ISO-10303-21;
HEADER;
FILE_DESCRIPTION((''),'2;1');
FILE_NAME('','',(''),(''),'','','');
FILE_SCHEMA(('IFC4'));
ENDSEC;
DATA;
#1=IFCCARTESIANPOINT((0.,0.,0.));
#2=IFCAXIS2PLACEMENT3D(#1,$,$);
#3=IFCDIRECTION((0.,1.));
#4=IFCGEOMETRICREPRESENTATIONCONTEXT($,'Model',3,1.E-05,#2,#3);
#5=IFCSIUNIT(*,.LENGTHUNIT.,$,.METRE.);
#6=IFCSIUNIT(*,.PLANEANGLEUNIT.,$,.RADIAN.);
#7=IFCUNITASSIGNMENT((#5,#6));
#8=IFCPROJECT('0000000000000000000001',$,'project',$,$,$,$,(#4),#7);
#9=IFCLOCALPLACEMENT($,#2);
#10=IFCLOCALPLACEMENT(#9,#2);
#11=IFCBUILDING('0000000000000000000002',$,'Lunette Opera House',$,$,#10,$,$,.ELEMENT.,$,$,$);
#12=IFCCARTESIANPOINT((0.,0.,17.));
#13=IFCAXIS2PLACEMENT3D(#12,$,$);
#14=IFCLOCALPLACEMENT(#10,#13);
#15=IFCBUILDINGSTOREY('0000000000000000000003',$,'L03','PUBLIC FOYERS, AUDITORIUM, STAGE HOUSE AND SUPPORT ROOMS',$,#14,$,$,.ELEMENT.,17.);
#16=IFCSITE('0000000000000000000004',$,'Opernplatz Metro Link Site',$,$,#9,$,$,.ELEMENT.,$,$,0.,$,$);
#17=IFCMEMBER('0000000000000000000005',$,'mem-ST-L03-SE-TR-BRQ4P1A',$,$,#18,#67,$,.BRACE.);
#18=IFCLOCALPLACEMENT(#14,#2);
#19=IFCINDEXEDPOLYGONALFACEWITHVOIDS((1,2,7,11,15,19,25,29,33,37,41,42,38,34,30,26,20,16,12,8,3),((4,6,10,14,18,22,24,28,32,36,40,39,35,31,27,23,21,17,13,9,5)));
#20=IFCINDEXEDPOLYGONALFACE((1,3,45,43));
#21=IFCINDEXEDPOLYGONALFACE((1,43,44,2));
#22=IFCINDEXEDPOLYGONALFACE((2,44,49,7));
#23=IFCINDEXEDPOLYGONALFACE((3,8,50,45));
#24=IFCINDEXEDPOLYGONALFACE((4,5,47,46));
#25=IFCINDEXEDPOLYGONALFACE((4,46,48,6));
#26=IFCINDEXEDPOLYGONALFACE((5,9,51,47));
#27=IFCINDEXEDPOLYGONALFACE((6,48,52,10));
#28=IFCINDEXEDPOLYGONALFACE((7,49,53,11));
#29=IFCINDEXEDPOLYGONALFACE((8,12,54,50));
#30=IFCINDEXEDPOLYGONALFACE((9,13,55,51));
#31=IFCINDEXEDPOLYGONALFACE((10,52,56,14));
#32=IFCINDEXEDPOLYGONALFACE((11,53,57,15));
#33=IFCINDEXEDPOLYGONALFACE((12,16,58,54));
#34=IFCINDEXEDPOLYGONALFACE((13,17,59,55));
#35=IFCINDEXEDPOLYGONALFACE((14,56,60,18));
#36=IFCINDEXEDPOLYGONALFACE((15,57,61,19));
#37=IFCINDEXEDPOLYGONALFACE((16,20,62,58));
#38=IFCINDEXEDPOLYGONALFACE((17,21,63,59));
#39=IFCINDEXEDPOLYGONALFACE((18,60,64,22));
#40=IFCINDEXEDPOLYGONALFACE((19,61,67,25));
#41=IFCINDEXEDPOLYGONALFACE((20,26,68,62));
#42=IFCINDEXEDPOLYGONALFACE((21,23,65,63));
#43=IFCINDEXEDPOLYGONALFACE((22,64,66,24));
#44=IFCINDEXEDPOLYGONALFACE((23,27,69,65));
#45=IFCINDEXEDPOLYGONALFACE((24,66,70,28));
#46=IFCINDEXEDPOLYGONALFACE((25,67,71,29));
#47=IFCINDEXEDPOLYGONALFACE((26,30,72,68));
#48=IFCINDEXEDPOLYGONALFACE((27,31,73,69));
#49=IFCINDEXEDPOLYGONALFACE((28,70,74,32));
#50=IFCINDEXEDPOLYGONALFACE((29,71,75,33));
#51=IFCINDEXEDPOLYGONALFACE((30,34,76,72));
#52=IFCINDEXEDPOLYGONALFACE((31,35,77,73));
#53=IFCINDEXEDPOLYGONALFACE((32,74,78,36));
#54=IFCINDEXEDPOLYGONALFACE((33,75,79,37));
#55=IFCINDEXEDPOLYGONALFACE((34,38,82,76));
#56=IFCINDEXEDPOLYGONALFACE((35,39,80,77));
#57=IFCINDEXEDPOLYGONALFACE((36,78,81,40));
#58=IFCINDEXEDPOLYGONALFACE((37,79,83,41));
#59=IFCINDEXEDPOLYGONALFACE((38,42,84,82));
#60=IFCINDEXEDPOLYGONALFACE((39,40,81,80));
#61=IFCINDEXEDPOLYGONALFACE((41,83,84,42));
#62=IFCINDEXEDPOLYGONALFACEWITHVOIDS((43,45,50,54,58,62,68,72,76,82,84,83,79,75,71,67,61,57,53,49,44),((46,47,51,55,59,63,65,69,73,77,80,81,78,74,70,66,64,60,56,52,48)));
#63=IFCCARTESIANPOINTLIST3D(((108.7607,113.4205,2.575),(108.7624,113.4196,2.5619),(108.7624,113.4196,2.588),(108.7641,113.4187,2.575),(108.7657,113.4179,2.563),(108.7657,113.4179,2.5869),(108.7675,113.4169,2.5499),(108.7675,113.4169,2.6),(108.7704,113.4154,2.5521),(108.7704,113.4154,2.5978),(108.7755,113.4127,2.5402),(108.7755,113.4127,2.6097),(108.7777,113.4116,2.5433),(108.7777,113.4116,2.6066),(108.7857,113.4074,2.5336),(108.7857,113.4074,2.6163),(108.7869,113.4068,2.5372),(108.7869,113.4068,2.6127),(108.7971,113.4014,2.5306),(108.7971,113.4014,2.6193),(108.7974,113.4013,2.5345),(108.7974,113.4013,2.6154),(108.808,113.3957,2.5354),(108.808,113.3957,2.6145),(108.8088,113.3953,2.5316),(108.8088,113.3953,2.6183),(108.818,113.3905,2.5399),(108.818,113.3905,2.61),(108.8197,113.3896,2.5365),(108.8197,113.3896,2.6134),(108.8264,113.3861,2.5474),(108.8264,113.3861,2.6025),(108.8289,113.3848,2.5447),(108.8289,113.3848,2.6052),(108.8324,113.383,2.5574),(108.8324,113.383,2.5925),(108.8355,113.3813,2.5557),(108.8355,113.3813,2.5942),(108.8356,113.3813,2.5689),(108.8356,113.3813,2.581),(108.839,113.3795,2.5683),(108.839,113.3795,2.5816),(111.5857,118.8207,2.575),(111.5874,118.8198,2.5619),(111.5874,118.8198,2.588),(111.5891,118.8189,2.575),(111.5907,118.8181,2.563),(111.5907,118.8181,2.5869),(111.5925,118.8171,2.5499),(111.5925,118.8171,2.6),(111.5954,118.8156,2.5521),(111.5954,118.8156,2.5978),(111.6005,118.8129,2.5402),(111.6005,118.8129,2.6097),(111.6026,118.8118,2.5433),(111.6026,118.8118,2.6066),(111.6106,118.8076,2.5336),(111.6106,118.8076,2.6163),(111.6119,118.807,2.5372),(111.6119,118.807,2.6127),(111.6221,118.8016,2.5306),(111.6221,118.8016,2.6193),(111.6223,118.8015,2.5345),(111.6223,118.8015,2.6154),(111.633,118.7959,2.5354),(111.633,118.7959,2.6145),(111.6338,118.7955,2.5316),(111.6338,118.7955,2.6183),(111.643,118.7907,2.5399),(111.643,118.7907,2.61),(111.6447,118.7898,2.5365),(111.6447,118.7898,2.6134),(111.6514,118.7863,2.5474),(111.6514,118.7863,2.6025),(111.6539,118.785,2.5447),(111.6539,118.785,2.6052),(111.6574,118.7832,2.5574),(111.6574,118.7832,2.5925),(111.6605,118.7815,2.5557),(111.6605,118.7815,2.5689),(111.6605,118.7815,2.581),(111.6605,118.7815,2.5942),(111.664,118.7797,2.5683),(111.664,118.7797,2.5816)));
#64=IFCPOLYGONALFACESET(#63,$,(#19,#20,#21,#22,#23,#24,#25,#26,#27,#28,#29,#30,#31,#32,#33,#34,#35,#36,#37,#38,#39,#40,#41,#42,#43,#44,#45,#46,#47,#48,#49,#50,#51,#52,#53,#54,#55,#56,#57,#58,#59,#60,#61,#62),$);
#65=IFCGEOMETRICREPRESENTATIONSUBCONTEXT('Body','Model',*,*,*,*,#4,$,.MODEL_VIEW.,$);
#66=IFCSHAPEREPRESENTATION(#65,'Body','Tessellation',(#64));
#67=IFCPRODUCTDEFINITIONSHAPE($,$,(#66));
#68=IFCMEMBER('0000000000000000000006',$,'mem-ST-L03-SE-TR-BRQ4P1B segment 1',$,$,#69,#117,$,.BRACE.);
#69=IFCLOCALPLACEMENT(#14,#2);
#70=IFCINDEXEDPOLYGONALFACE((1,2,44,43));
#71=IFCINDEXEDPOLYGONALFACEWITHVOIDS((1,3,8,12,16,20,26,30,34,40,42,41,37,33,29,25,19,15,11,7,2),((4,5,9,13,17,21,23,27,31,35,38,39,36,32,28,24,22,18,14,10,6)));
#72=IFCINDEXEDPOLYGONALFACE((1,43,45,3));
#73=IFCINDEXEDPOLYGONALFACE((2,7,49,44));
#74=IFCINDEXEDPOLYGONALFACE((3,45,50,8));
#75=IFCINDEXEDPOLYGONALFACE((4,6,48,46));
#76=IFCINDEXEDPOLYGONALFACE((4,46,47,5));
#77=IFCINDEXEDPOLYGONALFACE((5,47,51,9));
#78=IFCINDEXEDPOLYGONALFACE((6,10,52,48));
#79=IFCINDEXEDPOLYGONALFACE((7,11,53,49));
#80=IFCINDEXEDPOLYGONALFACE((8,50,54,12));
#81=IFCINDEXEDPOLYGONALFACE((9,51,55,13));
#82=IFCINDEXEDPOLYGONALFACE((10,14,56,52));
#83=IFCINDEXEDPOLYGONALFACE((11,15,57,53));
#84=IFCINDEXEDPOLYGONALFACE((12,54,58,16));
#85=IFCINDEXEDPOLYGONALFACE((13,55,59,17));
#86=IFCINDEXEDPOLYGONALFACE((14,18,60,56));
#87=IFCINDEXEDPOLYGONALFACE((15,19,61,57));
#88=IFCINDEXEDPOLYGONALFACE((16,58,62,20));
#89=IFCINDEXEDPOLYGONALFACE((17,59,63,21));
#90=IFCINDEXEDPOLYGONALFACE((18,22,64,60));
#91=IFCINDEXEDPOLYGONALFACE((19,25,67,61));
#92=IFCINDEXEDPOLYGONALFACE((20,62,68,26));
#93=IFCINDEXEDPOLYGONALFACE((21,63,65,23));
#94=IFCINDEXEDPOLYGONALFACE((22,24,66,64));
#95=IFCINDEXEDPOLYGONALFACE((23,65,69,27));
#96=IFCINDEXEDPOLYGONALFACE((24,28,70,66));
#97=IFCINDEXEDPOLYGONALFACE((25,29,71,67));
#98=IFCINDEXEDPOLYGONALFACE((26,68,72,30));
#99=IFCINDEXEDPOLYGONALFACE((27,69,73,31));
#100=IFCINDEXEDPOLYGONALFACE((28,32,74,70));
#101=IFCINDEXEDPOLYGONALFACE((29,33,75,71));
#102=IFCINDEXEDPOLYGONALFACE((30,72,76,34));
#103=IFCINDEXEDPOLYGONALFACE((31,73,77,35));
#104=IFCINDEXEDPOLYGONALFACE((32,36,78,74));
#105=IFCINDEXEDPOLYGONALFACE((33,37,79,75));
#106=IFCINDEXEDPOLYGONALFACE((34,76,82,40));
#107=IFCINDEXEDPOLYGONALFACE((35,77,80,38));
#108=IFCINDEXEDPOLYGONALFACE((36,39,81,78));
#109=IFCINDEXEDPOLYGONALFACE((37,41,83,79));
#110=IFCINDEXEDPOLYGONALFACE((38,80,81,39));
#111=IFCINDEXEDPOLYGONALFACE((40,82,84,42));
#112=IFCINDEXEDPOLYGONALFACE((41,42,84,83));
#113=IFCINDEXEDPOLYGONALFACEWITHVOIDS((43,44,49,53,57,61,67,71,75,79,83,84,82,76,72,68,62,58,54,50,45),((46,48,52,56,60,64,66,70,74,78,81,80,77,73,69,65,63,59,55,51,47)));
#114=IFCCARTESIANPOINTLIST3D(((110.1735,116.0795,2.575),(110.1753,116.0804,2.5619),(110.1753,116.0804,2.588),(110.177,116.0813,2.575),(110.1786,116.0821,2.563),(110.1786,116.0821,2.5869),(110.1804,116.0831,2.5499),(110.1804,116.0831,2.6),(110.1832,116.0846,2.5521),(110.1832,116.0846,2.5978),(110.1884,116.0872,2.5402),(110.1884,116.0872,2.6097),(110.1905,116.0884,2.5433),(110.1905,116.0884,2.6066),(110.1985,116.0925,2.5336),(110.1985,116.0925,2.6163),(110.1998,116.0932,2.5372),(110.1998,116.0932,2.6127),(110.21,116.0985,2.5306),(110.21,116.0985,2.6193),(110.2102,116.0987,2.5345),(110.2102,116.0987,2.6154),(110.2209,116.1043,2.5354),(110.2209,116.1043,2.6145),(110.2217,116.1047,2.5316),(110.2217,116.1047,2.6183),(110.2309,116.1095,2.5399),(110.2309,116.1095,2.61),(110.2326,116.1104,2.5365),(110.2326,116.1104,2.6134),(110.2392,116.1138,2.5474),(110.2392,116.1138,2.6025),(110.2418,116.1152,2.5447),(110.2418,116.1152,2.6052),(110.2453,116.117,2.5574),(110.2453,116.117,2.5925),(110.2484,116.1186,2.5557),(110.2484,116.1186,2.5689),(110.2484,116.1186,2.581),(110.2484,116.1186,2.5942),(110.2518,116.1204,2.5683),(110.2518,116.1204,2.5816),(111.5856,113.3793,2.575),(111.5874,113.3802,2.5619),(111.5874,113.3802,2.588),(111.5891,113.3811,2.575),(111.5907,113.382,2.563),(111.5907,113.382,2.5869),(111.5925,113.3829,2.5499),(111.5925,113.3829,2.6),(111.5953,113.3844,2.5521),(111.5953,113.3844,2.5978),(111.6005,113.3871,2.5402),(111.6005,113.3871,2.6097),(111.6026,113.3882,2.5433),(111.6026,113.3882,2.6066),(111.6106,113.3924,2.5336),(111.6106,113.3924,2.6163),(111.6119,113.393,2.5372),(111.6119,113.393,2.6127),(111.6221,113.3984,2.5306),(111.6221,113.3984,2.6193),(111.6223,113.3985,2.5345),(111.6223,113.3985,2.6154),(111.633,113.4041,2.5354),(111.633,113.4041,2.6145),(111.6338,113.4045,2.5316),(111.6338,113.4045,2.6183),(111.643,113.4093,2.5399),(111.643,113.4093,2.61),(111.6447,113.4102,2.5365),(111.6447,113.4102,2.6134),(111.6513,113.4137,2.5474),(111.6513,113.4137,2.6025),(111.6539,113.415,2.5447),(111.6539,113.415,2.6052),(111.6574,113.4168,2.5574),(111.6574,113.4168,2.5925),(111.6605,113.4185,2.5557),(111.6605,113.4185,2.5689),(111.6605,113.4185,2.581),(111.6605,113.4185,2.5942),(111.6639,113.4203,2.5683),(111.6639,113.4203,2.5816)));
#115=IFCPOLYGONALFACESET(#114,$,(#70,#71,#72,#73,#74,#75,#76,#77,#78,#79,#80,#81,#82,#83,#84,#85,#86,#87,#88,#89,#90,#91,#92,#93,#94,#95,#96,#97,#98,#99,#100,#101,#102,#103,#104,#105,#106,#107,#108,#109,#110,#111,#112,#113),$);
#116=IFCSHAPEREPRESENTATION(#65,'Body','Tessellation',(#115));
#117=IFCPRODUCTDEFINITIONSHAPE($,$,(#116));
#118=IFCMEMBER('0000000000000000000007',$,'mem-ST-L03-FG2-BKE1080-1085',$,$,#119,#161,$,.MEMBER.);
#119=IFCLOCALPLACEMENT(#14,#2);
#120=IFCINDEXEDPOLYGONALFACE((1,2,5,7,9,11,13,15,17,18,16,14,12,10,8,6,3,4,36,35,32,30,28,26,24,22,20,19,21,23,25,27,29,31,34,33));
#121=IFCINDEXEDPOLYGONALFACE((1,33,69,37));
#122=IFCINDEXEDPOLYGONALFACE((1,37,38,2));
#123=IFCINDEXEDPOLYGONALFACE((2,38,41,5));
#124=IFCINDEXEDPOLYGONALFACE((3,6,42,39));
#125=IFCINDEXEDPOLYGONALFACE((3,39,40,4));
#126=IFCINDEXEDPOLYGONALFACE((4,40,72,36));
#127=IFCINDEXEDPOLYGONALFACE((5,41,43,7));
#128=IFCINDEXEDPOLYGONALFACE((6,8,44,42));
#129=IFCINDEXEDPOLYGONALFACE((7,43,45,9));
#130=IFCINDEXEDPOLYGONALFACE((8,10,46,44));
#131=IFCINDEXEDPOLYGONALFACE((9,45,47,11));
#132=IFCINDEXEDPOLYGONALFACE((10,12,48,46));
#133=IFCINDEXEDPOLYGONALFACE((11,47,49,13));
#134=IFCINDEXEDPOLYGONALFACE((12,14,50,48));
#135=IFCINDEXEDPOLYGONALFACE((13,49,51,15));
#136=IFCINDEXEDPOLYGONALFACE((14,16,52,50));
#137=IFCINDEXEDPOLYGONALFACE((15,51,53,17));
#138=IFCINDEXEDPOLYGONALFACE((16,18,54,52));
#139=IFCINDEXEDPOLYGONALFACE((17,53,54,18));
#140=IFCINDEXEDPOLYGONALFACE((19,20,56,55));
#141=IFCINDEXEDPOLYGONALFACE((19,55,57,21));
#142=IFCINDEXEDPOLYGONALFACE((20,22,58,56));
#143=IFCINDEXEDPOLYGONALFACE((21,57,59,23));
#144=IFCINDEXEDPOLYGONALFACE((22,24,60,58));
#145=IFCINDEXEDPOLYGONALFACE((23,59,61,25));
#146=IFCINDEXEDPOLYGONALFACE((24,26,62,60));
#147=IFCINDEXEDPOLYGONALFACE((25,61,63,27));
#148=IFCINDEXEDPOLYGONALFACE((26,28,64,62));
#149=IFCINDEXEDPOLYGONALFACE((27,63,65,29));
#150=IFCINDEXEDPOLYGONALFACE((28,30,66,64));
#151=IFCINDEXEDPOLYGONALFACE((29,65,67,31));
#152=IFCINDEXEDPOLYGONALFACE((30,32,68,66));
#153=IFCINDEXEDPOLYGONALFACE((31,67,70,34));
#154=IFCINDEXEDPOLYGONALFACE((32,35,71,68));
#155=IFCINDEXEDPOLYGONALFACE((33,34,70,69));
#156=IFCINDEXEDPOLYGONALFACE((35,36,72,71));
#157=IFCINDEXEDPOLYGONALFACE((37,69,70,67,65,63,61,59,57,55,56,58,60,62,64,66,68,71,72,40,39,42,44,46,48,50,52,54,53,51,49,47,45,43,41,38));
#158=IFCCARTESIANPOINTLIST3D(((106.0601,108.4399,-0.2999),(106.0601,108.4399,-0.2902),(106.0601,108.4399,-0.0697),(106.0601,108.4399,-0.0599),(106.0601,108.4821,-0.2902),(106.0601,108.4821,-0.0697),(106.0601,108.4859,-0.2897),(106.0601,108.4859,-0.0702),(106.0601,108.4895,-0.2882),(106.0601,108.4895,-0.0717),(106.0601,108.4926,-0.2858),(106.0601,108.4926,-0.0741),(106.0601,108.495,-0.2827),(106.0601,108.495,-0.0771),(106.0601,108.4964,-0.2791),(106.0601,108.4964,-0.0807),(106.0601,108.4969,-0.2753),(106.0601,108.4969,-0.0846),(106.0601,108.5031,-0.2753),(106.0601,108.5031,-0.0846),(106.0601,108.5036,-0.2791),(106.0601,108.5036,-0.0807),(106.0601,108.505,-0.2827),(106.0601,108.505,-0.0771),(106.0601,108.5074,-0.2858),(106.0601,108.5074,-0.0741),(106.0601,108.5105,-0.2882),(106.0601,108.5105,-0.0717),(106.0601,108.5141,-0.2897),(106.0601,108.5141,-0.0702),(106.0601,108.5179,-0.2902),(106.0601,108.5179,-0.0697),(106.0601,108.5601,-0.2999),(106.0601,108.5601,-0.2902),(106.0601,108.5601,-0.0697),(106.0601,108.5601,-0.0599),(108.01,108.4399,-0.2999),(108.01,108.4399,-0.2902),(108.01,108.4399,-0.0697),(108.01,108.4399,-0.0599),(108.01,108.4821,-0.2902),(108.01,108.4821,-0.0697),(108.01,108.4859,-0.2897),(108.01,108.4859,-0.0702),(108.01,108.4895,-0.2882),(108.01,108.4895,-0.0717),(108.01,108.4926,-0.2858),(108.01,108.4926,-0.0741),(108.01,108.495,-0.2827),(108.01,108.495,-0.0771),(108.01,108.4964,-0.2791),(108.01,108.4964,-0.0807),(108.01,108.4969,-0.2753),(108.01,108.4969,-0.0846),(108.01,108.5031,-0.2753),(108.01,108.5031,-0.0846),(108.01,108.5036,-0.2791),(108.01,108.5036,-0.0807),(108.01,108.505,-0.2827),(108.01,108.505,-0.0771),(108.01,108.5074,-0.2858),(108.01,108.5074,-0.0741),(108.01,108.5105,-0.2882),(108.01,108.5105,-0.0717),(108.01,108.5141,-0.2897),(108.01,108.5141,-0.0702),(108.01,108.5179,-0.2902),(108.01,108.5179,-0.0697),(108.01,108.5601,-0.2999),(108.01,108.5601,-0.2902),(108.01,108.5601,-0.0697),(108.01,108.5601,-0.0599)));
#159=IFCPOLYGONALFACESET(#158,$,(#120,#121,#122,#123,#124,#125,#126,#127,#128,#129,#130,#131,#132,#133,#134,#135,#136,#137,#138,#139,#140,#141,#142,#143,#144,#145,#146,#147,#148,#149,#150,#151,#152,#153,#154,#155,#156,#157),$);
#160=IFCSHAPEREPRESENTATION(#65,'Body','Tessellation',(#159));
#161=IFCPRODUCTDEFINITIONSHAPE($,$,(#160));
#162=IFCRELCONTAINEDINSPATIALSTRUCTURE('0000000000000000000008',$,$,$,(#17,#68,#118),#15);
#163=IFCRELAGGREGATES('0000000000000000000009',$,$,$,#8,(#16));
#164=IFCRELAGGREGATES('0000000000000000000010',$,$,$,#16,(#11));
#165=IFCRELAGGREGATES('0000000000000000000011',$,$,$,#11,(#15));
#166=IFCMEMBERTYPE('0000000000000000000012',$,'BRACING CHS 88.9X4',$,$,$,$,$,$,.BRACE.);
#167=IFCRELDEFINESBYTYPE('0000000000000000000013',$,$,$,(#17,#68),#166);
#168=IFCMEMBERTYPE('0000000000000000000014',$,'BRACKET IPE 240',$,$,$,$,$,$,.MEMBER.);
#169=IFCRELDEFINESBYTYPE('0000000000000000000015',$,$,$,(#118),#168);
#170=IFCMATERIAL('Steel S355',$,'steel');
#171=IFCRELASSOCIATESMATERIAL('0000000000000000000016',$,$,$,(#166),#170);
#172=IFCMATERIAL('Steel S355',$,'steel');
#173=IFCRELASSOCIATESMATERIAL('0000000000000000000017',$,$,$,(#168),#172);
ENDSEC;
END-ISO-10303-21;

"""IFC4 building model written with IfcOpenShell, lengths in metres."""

from ifc_helpers import new_model, si_unit, direction, frame, origin, origin_2d, place, context, subcontext, project, spatial, hollow_circle, i_section, extrude, material, material_profile, profile_set, type_object, element, save


model = new_model("IFC4")

# Units and contexts
model_context = context("Model", 3, precision=1e-05, world=origin(), true_north=direction((0.0, 1.0)))
body_context = subcontext(model_context, "Body", "Model", "MODEL_VIEW")
ifc_project = project(units=[si_unit("LENGTHUNIT", "METRE"), si_unit("PLANEANGLEUNIT", "RADIAN")], contexts=[model_context])

# Site, building, storey
site_placement = place(None, origin())
site = spatial("IfcSite", under=ifc_project, at=site_placement, Name="Opernplatz Metro Link Site", CompositionType="ELEMENT", RefElevation=0.0)
building_placement = place(site_placement, origin())
building = spatial("IfcBuilding", under=site, at=building_placement, Name="Lunette Opera House", CompositionType="ELEMENT")
storey_placement = place(building_placement, frame((0.0, 0.0, 17.0)))
storey = spatial("IfcBuildingStorey", under=building, at=storey_placement, Name="L03", Description="PUBLIC FOYERS, AUDITORIUM, STAGE HOUSE AND SUPPORT ROOMS", CompositionType="ELEMENT", Elevation=17.0)

# Members
ifc_material_1 = material(Name="Steel S355", Category="steel")
ifc_material_profile_1 = material_profile(ifc_material_1, hollow_circle(Radius=0.0444, WallThickness=0.0039, at=origin_2d()), Name="CHS 88.9X4")
ifc_profile_set_1 = profile_set([ifc_material_profile_1], Name="Steel S355")
member_type_1 = type_object("IfcMemberType", Name="BRACING CHS 88.9X4", PredefinedType="BRACE", material=ifc_profile_set_1)
member_1_placement = place(storey_placement, frame((108.8, 113.3999, 2.575), z_axis=(0.463531, 0.886081, 0.0), x_axis=(-0.886081, 0.463531, 0.0)))
element("IfcMember", 1, at=member_1_placement, inside=storey, type_object=member_type_1, Name="mem-ST-L03-SE-TR-BRQ4P1A", PredefinedType="BRACE", context=body_context, shape_type="SweptSolid", body=[
    extrude(hollow_circle(Radius=0.0444, WallThickness=0.0039, at=origin_2d()), origin(), (0.0, 0.0, 1.0), 6.0945),
])
member_2_placement = place(storey_placement, frame((111.625, 113.3999, 2.575), z_axis=(-0.46342, 0.886139, 0.0), x_axis=(-0.886139, -0.46342, 0.0)))
element("IfcMember", 2, at=member_2_placement, inside=storey, type_object=member_type_1, Name="mem-ST-L03-SE-TR-BRQ4P1B segment 1", PredefinedType="BRACE", context=body_context, shape_type="SweptSolid", body=[
    extrude(hollow_circle(Radius=0.0444, WallThickness=0.0039, at=origin_2d()), origin(), (0.0, 0.0, 1.0), 3.0471),
])
ifc_material_2 = material(Name="Steel S355", Category="steel")
ifc_material_profile_2 = material_profile(ifc_material_2, i_section(OverallWidth=0.1201, OverallDepth=0.24, WebThickness=0.0061, FlangeThickness=0.0098, FilletRadius=0.0149, at=origin_2d()), Name="IPE 240")
ifc_profile_set_2 = profile_set([ifc_material_profile_2], Name="Steel S355")
member_type_2 = type_object("IfcMemberType", Name="BRACKET IPE 240", PredefinedType="MEMBER", material=ifc_profile_set_2)
for number, where, z_axis, x_axis, name in (
    (3, (108.01, 108.5, -0.1799), (-1.0, 0.0, 0.0), (0.0, -1.0, 0.0), "mem-ST-L03-FG2-BKE1080-1085"),
):
    element("IfcMember", number, at=place(storey_placement, frame(where, z_axis=z_axis, x_axis=x_axis)), inside=storey, type_object=member_type_2, Name=name, PredefinedType="MEMBER", context=body_context, shape_type="SweptSolid", body=[
        extrude(i_section(OverallWidth=0.1201, OverallDepth=0.24, WebThickness=0.0061, FlangeThickness=0.0098, FilletRadius=0.0149, at=origin_2d()), origin(), (0.0, 0.0, 1.0), 1.95),
    ])

save(model, "model.ifc")
